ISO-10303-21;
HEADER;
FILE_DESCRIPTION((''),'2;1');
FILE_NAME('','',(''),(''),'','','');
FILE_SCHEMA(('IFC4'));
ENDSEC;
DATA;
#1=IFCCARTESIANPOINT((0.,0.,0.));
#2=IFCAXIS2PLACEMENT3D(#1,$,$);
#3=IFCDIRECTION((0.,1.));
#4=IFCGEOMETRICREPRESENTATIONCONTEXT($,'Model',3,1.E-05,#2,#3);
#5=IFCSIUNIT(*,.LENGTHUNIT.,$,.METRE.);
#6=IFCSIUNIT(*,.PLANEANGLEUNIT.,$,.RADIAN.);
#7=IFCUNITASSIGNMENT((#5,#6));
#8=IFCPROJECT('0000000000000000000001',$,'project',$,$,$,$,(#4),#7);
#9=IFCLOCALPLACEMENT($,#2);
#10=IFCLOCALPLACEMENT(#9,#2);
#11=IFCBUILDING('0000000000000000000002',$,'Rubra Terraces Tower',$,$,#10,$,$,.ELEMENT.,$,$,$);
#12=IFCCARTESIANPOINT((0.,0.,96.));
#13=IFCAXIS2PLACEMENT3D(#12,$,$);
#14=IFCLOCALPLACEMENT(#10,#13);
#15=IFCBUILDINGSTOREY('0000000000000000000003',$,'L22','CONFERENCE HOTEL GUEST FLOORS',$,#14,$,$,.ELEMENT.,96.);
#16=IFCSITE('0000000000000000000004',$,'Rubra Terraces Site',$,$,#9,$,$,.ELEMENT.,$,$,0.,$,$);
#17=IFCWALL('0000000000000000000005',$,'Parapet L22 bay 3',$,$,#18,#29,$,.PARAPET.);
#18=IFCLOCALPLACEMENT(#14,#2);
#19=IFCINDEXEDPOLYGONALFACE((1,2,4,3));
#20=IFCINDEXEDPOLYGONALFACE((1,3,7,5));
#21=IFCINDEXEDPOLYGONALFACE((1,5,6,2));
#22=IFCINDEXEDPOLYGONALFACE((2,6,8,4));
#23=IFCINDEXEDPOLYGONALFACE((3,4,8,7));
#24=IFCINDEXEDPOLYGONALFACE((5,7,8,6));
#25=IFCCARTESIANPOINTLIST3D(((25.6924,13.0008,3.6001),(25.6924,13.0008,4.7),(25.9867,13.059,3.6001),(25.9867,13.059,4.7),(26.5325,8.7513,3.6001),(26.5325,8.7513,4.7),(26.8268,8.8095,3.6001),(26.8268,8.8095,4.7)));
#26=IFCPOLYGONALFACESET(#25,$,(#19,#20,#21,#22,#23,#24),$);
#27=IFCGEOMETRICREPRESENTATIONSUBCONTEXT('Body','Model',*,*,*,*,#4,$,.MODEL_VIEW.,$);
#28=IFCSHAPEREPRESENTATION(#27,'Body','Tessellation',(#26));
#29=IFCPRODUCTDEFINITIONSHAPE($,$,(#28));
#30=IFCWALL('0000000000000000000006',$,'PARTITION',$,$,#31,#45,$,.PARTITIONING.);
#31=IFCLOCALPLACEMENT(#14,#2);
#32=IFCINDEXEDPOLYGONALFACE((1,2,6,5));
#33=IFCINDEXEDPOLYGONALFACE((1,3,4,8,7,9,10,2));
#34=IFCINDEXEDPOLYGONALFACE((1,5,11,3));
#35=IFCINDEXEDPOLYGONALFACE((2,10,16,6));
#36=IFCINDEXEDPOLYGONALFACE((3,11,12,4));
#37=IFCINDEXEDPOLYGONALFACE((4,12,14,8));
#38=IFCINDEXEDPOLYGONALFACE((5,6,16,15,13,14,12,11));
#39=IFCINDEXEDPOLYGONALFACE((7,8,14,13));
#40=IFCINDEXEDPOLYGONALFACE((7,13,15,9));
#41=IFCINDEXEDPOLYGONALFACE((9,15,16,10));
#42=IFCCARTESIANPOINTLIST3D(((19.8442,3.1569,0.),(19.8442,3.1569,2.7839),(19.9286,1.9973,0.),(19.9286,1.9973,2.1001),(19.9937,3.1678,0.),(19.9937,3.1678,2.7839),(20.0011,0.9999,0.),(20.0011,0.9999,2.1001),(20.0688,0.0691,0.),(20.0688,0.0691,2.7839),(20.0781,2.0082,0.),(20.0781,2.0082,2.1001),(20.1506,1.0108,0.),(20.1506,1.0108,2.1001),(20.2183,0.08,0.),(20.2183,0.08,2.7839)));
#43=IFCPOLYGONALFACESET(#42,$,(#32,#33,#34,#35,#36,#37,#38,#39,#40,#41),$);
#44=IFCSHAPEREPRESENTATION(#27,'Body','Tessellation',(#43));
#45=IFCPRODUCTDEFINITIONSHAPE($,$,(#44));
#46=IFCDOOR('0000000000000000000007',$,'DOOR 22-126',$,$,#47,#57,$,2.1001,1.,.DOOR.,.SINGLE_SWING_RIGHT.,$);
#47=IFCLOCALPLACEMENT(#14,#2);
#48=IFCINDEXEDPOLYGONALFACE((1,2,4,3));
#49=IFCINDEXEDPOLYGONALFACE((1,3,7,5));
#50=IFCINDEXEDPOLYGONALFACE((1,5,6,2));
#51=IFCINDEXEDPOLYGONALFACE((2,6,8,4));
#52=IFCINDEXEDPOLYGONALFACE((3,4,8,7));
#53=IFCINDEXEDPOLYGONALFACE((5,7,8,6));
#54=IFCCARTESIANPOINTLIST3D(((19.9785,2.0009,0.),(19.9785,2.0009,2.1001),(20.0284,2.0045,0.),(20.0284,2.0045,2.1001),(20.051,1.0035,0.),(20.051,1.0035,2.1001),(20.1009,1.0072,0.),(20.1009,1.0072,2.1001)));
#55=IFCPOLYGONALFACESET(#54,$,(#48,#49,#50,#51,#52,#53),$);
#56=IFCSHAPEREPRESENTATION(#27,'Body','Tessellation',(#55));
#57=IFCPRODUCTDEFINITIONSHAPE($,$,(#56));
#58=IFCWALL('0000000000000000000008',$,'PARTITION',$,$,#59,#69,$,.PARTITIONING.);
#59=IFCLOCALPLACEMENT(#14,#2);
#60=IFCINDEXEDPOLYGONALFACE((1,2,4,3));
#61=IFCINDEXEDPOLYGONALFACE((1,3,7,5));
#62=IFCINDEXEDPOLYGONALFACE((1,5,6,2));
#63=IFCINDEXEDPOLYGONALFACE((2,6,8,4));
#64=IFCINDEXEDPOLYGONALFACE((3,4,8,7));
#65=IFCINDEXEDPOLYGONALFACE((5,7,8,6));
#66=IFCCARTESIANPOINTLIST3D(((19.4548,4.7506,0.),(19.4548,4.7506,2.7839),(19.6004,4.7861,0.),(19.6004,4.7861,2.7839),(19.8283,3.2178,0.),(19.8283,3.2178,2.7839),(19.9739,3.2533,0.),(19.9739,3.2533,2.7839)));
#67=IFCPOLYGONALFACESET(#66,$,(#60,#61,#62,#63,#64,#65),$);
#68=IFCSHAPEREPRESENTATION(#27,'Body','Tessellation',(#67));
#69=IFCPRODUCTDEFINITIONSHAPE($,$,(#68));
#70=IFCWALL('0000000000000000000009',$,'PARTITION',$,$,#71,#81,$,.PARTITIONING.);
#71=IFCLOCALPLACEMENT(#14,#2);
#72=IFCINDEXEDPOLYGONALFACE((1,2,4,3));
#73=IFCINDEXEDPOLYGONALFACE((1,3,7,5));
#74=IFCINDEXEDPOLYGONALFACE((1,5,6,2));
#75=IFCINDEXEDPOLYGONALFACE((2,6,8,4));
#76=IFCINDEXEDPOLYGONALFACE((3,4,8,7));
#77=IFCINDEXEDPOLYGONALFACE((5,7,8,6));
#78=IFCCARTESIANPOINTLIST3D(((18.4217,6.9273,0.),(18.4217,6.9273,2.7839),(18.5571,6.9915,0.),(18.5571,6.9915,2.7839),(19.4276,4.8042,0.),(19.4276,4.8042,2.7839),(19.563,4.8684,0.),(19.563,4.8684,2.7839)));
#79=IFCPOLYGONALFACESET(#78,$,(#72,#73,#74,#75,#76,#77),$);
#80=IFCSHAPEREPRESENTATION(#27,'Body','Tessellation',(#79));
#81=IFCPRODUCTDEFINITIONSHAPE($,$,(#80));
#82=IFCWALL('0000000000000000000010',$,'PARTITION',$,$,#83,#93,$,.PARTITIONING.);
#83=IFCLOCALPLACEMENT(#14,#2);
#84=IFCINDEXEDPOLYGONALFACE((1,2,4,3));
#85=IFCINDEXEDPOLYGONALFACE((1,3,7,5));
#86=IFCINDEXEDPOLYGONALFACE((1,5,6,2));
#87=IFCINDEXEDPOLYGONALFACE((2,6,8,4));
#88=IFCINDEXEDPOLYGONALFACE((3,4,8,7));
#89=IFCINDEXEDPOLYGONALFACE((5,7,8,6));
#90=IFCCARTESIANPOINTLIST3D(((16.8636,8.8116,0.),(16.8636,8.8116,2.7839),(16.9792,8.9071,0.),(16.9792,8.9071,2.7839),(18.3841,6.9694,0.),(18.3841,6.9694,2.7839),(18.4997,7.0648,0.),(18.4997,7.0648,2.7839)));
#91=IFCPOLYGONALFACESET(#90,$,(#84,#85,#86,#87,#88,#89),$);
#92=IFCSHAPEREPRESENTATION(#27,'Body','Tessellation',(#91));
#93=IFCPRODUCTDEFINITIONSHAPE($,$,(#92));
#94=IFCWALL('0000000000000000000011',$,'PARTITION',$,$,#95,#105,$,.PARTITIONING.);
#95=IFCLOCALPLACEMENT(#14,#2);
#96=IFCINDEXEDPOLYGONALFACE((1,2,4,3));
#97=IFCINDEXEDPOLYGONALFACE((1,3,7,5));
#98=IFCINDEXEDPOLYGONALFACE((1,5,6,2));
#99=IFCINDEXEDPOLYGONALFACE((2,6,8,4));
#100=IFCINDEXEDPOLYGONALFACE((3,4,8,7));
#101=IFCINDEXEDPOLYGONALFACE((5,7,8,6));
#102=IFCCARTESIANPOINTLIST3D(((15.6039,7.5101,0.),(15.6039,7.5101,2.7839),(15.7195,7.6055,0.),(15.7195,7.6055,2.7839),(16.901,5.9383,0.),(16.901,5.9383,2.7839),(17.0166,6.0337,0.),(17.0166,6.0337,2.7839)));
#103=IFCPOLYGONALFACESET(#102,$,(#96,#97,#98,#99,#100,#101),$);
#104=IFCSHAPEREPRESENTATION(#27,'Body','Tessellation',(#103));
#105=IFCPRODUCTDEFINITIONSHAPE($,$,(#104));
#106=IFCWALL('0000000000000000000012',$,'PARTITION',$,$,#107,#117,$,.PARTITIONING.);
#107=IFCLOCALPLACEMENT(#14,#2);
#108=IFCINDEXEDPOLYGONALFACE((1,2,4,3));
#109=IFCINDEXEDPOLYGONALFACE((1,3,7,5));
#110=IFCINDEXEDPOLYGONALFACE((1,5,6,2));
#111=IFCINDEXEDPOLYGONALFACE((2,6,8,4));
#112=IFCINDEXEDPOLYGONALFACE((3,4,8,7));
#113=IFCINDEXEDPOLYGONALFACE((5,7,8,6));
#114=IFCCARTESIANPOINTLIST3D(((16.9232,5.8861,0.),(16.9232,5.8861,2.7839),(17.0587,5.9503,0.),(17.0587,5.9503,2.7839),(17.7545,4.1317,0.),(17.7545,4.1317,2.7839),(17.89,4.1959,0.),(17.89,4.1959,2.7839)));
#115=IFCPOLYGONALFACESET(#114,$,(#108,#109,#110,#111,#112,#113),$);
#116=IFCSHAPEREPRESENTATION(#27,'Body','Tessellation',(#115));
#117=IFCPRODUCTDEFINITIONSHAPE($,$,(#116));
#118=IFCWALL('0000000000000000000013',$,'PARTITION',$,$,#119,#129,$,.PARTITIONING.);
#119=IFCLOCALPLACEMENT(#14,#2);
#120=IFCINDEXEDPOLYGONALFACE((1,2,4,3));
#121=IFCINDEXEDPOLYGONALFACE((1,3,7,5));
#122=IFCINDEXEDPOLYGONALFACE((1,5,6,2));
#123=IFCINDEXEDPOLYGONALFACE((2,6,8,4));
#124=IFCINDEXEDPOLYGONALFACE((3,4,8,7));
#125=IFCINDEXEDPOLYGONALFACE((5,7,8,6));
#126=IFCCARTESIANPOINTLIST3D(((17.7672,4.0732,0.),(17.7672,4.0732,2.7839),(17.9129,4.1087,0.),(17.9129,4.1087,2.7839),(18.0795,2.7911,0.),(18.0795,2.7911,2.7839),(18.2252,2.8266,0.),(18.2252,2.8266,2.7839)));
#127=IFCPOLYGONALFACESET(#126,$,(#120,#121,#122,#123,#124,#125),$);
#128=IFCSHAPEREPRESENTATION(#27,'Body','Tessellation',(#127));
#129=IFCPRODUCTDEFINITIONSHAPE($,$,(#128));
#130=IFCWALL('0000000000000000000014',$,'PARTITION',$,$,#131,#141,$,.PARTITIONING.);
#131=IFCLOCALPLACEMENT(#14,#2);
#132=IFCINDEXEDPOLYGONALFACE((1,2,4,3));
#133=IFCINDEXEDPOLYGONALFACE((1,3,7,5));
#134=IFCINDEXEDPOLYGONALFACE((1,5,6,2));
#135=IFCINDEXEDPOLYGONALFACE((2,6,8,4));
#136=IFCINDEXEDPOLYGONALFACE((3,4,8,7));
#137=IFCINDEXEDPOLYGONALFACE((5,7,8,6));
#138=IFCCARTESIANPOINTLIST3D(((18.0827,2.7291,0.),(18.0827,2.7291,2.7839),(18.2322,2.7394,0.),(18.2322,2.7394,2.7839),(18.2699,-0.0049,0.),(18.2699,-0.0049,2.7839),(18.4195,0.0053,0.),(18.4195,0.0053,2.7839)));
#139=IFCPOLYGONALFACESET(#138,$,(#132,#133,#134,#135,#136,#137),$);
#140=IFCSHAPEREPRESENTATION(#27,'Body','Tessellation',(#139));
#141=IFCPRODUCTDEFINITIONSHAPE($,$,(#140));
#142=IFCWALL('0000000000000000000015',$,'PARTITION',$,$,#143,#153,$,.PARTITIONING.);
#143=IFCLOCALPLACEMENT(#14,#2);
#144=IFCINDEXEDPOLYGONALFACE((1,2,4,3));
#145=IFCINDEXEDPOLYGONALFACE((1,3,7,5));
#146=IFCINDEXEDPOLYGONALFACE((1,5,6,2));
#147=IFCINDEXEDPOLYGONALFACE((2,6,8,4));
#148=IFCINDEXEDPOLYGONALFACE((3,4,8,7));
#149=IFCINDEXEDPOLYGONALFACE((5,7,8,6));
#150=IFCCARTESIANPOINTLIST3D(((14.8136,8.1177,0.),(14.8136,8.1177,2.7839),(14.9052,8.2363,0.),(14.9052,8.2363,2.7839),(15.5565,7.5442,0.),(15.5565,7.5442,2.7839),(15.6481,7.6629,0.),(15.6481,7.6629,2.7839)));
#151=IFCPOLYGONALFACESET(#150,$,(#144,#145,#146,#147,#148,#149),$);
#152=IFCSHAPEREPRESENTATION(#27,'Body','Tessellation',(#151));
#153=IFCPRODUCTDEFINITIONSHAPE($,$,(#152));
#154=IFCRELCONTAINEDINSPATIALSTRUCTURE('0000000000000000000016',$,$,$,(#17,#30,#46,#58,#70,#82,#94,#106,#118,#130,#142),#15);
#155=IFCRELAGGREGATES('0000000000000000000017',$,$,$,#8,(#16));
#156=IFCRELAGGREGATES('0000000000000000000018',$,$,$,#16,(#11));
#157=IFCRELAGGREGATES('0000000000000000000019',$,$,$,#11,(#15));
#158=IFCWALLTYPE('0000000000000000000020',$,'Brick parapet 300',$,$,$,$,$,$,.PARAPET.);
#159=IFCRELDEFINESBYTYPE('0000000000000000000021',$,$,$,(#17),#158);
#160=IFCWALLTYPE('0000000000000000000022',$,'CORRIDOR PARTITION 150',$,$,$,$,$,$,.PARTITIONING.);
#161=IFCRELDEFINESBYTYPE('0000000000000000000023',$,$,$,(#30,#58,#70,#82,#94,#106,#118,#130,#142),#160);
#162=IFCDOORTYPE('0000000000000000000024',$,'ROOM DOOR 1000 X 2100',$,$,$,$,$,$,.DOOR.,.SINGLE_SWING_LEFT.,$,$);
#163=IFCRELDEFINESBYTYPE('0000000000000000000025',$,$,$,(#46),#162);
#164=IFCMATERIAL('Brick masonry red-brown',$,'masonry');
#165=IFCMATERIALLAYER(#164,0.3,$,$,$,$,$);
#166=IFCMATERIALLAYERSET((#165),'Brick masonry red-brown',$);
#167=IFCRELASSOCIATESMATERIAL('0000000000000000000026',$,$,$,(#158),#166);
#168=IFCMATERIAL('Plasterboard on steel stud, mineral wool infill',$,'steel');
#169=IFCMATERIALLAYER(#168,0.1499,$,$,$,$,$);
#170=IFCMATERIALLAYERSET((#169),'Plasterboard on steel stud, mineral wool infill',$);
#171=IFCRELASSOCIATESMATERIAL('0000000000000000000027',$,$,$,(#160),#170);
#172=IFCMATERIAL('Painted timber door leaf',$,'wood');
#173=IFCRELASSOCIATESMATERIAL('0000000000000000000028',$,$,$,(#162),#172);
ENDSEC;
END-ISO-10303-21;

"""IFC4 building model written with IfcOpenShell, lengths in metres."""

from ifc_helpers import new_model, si_unit, direction, frame, frame_2d, origin, place, context, subcontext, project, spatial, rectangle, extrude, material, layer, layer_set, type_object, element, fill, save


model = new_model("IFC4")

# Units and contexts
model_context = context("Model", 3, precision=1e-05, world=origin(), true_north=direction((0.0, 1.0)))
body_context = subcontext(model_context, "Body", "Model", "MODEL_VIEW")
ifc_project = project(units=[si_unit("LENGTHUNIT", "METRE"), si_unit("PLANEANGLEUNIT", "RADIAN")], contexts=[model_context])

# Site, building, storey
site_placement = place(None, origin())
site = spatial("IfcSite", under=ifc_project, at=site_placement, Name="Rubra Terraces Site", CompositionType="ELEMENT", RefElevation=0.0)
building_placement = place(site_placement, origin())
building = spatial("IfcBuilding", under=site, at=building_placement, Name="Rubra Terraces Tower", CompositionType="ELEMENT")
storey_placement = place(building_placement, frame((0.0, 0.0, 96.0)))
storey = spatial("IfcBuildingStorey", under=building, at=storey_placement, Name="L22", Description="CONFERENCE HOTEL GUEST FLOORS", CompositionType="ELEMENT", Elevation=96.0)

# Shared definitions
ifc_material_1 = material(Name="Brick masonry red-brown", Category="masonry")

# Wall
ifc_layer_1 = layer(ifc_material_1, 0.3)
ifc_layer_set_1 = layer_set([ifc_layer_1], Name="Brick masonry red-brown")
wall_type_1 = type_object("IfcWallType", Name="Brick parapet 300", PredefinedType="PARAPET", material=ifc_layer_set_1)
wall_1_placement = place(storey_placement, frame((26.6797, 8.7803, 3.6001), z_axis=(0.0, 0.0, 1.0), x_axis=(-0.193937, 0.981014, 0.0)))
element("IfcWall", 1, at=wall_1_placement, inside=storey, type_object=wall_type_1, Name="Parapet L22 bay 3", PredefinedType="PARAPET", context=body_context, shape_type="SweptSolid", body=[
    extrude(rectangle(XDim=4.3318, YDim=0.3, at=frame_2d((2.166, 0.0))), origin(), (0.0, 0.0, 1.0), 1.0999),
])

# Wall, opening, door
ifc_material_2 = material(Name="Plasterboard on steel stud, mineral wool infill", Category="steel")
ifc_layer_2 = layer(ifc_material_2, 0.1499)
ifc_layer_set_2 = layer_set([ifc_layer_2], Name="Plasterboard on steel stud, mineral wool infill")
wall_type_2 = type_object("IfcWallType", Name="CORRIDOR PARTITION 150", PredefinedType="PARTITIONING", material=ifc_layer_set_2)
wall_2_placement = place(storey_placement, frame((20.1436, 0.0747, 0.0), z_axis=(0.0, 0.0, 1.0), x_axis=(-0.072547, 0.997365, 0.0)))
wall_2 = element("IfcWall", 2, at=wall_2_placement, inside=storey, type_object=wall_type_2, Name="PARTITION", PredefinedType="PARTITIONING", context=body_context, shape_type="SweptSolid", body=[
    extrude(rectangle(XDim=3.0959, YDim=0.1499, at=frame_2d((1.5479, 0.0))), origin(), (0.0, 0.0, 1.0), 2.7839),
])
opening_1_placement = place(wall_2_placement, frame((0.9331, 0.0, 0.0)))
opening_1 = element("IfcOpeningElement", 3, at=opening_1_placement, cuts=wall_2, PredefinedType="OPENING", context=body_context, shape_type="SweptSolid", body=[
    extrude(rectangle(XDim=1.0, YDim=2.1001, at=frame_2d((0.5, 1.05))), frame((0.0, 0.085, 0.0), z_axis=(0.0, -1.0, 0.0), x_axis=(1.0, 0.0, 0.0)), (0.0, 0.0, 1.0), 0.1699),
])
ifc_material_3 = material(Name="Painted timber door leaf", Category="wood")
door_type_1 = type_object("IfcDoorType", Name="ROOM DOOR 1000 X 2100", OperationType="SINGLE_SWING_LEFT", PredefinedType="DOOR", material=ifc_material_3)
door_1_placement = place(opening_1_placement, origin())
door_1 = element("IfcDoor", 4, at=door_1_placement, inside=storey, type_object=door_type_1, Name="DOOR 22-126", OperationType="SINGLE_SWING_RIGHT", OverallHeight=2.1001, OverallWidth=1.0, PredefinedType="DOOR", context=body_context, shape_type="SweptSolid", body=[
    extrude(rectangle(XDim=1.0, YDim=2.1001, at=frame_2d((0.5, 1.05))), frame((0.0, 0.0249, 0.0), z_axis=(0.0, -1.0, 0.0), x_axis=(1.0, 0.0, 0.0)), (0.0, 0.0, 1.0), 0.05),
])
fill(opening_1, door_1)

# Walls
wall_3_placement = place(storey_placement, frame((19.9011, 3.2356, 0.0), z_axis=(0.0, 0.0, 1.0), x_axis=(-0.236778, 0.971564, 0.0)))
element("IfcWall", 5, at=wall_3_placement, inside=storey, type_object=wall_type_2, Name="PARTITION", PredefinedType="PARTITIONING", context=body_context, shape_type="SweptSolid", body=[
    extrude(rectangle(XDim=1.5776, YDim=0.1499, at=frame_2d((0.7888, 0.0))), origin(), (0.0, 0.0, 1.0), 2.7839),
])
wall_4_placement = place(storey_placement, frame((19.4954, 4.8362, 0.0), z_axis=(0.0, 0.0, 1.0), x_axis=(-0.428158, 0.903704, 0.0)))
element("IfcWall", 6, at=wall_4_placement, inside=storey, type_object=wall_type_2, Name="PARTITION", PredefinedType="PARTITIONING", context=body_context, shape_type="SweptSolid", body=[
    extrude(rectangle(XDim=2.3494, YDim=0.1499, at=frame_2d((1.1748, 0.0))), origin(), (0.0, 0.0, 1.0), 2.7839),
])
wall_5_placement = place(storey_placement, frame((18.4419, 7.0171, 0.0), z_axis=(0.0, 0.0, 1.0), x_axis=(-0.636538, 0.771245, 0.0)))
element("IfcWall", 7, at=wall_5_placement, inside=storey, type_object=wall_type_2, Name="PARTITION", PredefinedType="PARTITIONING", context=body_context, shape_type="SweptSolid", body=[
    extrude(rectangle(XDim=2.3887, YDim=0.1499, at=frame_2d((1.1943, 0.0))), origin(), (0.0, 0.0, 1.0), 2.7839),
])
wall_6_placement = place(storey_placement, frame((15.6616, 7.5579, 0.0), z_axis=(0.0, 0.0, 1.0), x_axis=(0.636501, -0.771276, 0.0)))
element("IfcWall", 8, at=wall_6_placement, inside=storey, type_object=wall_type_2, Name="PARTITION", PredefinedType="PARTITIONING", context=body_context, shape_type="SweptSolid", body=[
    extrude(rectangle(XDim=2.0378, YDim=0.1499, at=frame_2d((1.019, 0.0))), origin(), (0.0, 0.0, 1.0), 2.7839),
])
wall_7_placement = place(storey_placement, frame((16.991, 5.9182, 0.0), z_axis=(0.0, 0.0, 1.0), x_axis=(0.4282, -0.903684, 0.0)))
element("IfcWall", 9, at=wall_7_placement, inside=storey, type_object=wall_type_2, Name="PARTITION", PredefinedType="PARTITIONING", context=body_context, shape_type="SweptSolid", body=[
    extrude(rectangle(XDim=1.9414, YDim=0.1499, at=frame_2d((0.9707, 0.0))), origin(), (0.0, 0.0, 1.0), 2.7839),
])
wall_8_placement = place(storey_placement, frame((17.8401, 4.0908, 0.0), z_axis=(0.0, 0.0, 1.0), x_axis=(0.236654, -0.971594, 0.0)))
element("IfcWall", 10, at=wall_8_placement, inside=storey, type_object=wall_type_2, Name="PARTITION", PredefinedType="PARTITIONING", context=body_context, shape_type="SweptSolid", body=[
    extrude(rectangle(XDim=1.3196, YDim=0.1499, at=frame_2d((0.6597, 0.0))), origin(), (0.0, 0.0, 1.0), 2.7839),
])
wall_9_placement = place(storey_placement, frame((18.1575, 2.7341, 0.0), z_axis=(0.0, 0.0, 1.0), x_axis=(0.068328, -0.997663, 0.0)))
element("IfcWall", 11, at=wall_9_placement, inside=storey, type_object=wall_type_2, Name="PARTITION", PredefinedType="PARTITIONING", context=body_context, shape_type="SweptSolid", body=[
    extrude(rectangle(XDim=2.7405, YDim=0.1499, at=frame_2d((1.3701, 0.0))), origin(), (0.0, 0.0, 1.0), 2.7839),
])
wall_10_placement = place(storey_placement, frame((14.8594, 8.177, 0.0), z_axis=(0.0, 0.0, 1.0), x_axis=(0.791588, -0.611055, 0.0)))
element("IfcWall", 12, at=wall_10_placement, inside=storey, type_object=wall_type_2, Name="PARTITION", PredefinedType="PARTITIONING", context=body_context, shape_type="SweptSolid", body=[
    extrude(rectangle(XDim=0.9385, YDim=0.1499, at=frame_2d((0.4692, 0.0))), origin(), (0.0, 0.0, 1.0), 2.7839),
])

save(model, "model.ifc")
